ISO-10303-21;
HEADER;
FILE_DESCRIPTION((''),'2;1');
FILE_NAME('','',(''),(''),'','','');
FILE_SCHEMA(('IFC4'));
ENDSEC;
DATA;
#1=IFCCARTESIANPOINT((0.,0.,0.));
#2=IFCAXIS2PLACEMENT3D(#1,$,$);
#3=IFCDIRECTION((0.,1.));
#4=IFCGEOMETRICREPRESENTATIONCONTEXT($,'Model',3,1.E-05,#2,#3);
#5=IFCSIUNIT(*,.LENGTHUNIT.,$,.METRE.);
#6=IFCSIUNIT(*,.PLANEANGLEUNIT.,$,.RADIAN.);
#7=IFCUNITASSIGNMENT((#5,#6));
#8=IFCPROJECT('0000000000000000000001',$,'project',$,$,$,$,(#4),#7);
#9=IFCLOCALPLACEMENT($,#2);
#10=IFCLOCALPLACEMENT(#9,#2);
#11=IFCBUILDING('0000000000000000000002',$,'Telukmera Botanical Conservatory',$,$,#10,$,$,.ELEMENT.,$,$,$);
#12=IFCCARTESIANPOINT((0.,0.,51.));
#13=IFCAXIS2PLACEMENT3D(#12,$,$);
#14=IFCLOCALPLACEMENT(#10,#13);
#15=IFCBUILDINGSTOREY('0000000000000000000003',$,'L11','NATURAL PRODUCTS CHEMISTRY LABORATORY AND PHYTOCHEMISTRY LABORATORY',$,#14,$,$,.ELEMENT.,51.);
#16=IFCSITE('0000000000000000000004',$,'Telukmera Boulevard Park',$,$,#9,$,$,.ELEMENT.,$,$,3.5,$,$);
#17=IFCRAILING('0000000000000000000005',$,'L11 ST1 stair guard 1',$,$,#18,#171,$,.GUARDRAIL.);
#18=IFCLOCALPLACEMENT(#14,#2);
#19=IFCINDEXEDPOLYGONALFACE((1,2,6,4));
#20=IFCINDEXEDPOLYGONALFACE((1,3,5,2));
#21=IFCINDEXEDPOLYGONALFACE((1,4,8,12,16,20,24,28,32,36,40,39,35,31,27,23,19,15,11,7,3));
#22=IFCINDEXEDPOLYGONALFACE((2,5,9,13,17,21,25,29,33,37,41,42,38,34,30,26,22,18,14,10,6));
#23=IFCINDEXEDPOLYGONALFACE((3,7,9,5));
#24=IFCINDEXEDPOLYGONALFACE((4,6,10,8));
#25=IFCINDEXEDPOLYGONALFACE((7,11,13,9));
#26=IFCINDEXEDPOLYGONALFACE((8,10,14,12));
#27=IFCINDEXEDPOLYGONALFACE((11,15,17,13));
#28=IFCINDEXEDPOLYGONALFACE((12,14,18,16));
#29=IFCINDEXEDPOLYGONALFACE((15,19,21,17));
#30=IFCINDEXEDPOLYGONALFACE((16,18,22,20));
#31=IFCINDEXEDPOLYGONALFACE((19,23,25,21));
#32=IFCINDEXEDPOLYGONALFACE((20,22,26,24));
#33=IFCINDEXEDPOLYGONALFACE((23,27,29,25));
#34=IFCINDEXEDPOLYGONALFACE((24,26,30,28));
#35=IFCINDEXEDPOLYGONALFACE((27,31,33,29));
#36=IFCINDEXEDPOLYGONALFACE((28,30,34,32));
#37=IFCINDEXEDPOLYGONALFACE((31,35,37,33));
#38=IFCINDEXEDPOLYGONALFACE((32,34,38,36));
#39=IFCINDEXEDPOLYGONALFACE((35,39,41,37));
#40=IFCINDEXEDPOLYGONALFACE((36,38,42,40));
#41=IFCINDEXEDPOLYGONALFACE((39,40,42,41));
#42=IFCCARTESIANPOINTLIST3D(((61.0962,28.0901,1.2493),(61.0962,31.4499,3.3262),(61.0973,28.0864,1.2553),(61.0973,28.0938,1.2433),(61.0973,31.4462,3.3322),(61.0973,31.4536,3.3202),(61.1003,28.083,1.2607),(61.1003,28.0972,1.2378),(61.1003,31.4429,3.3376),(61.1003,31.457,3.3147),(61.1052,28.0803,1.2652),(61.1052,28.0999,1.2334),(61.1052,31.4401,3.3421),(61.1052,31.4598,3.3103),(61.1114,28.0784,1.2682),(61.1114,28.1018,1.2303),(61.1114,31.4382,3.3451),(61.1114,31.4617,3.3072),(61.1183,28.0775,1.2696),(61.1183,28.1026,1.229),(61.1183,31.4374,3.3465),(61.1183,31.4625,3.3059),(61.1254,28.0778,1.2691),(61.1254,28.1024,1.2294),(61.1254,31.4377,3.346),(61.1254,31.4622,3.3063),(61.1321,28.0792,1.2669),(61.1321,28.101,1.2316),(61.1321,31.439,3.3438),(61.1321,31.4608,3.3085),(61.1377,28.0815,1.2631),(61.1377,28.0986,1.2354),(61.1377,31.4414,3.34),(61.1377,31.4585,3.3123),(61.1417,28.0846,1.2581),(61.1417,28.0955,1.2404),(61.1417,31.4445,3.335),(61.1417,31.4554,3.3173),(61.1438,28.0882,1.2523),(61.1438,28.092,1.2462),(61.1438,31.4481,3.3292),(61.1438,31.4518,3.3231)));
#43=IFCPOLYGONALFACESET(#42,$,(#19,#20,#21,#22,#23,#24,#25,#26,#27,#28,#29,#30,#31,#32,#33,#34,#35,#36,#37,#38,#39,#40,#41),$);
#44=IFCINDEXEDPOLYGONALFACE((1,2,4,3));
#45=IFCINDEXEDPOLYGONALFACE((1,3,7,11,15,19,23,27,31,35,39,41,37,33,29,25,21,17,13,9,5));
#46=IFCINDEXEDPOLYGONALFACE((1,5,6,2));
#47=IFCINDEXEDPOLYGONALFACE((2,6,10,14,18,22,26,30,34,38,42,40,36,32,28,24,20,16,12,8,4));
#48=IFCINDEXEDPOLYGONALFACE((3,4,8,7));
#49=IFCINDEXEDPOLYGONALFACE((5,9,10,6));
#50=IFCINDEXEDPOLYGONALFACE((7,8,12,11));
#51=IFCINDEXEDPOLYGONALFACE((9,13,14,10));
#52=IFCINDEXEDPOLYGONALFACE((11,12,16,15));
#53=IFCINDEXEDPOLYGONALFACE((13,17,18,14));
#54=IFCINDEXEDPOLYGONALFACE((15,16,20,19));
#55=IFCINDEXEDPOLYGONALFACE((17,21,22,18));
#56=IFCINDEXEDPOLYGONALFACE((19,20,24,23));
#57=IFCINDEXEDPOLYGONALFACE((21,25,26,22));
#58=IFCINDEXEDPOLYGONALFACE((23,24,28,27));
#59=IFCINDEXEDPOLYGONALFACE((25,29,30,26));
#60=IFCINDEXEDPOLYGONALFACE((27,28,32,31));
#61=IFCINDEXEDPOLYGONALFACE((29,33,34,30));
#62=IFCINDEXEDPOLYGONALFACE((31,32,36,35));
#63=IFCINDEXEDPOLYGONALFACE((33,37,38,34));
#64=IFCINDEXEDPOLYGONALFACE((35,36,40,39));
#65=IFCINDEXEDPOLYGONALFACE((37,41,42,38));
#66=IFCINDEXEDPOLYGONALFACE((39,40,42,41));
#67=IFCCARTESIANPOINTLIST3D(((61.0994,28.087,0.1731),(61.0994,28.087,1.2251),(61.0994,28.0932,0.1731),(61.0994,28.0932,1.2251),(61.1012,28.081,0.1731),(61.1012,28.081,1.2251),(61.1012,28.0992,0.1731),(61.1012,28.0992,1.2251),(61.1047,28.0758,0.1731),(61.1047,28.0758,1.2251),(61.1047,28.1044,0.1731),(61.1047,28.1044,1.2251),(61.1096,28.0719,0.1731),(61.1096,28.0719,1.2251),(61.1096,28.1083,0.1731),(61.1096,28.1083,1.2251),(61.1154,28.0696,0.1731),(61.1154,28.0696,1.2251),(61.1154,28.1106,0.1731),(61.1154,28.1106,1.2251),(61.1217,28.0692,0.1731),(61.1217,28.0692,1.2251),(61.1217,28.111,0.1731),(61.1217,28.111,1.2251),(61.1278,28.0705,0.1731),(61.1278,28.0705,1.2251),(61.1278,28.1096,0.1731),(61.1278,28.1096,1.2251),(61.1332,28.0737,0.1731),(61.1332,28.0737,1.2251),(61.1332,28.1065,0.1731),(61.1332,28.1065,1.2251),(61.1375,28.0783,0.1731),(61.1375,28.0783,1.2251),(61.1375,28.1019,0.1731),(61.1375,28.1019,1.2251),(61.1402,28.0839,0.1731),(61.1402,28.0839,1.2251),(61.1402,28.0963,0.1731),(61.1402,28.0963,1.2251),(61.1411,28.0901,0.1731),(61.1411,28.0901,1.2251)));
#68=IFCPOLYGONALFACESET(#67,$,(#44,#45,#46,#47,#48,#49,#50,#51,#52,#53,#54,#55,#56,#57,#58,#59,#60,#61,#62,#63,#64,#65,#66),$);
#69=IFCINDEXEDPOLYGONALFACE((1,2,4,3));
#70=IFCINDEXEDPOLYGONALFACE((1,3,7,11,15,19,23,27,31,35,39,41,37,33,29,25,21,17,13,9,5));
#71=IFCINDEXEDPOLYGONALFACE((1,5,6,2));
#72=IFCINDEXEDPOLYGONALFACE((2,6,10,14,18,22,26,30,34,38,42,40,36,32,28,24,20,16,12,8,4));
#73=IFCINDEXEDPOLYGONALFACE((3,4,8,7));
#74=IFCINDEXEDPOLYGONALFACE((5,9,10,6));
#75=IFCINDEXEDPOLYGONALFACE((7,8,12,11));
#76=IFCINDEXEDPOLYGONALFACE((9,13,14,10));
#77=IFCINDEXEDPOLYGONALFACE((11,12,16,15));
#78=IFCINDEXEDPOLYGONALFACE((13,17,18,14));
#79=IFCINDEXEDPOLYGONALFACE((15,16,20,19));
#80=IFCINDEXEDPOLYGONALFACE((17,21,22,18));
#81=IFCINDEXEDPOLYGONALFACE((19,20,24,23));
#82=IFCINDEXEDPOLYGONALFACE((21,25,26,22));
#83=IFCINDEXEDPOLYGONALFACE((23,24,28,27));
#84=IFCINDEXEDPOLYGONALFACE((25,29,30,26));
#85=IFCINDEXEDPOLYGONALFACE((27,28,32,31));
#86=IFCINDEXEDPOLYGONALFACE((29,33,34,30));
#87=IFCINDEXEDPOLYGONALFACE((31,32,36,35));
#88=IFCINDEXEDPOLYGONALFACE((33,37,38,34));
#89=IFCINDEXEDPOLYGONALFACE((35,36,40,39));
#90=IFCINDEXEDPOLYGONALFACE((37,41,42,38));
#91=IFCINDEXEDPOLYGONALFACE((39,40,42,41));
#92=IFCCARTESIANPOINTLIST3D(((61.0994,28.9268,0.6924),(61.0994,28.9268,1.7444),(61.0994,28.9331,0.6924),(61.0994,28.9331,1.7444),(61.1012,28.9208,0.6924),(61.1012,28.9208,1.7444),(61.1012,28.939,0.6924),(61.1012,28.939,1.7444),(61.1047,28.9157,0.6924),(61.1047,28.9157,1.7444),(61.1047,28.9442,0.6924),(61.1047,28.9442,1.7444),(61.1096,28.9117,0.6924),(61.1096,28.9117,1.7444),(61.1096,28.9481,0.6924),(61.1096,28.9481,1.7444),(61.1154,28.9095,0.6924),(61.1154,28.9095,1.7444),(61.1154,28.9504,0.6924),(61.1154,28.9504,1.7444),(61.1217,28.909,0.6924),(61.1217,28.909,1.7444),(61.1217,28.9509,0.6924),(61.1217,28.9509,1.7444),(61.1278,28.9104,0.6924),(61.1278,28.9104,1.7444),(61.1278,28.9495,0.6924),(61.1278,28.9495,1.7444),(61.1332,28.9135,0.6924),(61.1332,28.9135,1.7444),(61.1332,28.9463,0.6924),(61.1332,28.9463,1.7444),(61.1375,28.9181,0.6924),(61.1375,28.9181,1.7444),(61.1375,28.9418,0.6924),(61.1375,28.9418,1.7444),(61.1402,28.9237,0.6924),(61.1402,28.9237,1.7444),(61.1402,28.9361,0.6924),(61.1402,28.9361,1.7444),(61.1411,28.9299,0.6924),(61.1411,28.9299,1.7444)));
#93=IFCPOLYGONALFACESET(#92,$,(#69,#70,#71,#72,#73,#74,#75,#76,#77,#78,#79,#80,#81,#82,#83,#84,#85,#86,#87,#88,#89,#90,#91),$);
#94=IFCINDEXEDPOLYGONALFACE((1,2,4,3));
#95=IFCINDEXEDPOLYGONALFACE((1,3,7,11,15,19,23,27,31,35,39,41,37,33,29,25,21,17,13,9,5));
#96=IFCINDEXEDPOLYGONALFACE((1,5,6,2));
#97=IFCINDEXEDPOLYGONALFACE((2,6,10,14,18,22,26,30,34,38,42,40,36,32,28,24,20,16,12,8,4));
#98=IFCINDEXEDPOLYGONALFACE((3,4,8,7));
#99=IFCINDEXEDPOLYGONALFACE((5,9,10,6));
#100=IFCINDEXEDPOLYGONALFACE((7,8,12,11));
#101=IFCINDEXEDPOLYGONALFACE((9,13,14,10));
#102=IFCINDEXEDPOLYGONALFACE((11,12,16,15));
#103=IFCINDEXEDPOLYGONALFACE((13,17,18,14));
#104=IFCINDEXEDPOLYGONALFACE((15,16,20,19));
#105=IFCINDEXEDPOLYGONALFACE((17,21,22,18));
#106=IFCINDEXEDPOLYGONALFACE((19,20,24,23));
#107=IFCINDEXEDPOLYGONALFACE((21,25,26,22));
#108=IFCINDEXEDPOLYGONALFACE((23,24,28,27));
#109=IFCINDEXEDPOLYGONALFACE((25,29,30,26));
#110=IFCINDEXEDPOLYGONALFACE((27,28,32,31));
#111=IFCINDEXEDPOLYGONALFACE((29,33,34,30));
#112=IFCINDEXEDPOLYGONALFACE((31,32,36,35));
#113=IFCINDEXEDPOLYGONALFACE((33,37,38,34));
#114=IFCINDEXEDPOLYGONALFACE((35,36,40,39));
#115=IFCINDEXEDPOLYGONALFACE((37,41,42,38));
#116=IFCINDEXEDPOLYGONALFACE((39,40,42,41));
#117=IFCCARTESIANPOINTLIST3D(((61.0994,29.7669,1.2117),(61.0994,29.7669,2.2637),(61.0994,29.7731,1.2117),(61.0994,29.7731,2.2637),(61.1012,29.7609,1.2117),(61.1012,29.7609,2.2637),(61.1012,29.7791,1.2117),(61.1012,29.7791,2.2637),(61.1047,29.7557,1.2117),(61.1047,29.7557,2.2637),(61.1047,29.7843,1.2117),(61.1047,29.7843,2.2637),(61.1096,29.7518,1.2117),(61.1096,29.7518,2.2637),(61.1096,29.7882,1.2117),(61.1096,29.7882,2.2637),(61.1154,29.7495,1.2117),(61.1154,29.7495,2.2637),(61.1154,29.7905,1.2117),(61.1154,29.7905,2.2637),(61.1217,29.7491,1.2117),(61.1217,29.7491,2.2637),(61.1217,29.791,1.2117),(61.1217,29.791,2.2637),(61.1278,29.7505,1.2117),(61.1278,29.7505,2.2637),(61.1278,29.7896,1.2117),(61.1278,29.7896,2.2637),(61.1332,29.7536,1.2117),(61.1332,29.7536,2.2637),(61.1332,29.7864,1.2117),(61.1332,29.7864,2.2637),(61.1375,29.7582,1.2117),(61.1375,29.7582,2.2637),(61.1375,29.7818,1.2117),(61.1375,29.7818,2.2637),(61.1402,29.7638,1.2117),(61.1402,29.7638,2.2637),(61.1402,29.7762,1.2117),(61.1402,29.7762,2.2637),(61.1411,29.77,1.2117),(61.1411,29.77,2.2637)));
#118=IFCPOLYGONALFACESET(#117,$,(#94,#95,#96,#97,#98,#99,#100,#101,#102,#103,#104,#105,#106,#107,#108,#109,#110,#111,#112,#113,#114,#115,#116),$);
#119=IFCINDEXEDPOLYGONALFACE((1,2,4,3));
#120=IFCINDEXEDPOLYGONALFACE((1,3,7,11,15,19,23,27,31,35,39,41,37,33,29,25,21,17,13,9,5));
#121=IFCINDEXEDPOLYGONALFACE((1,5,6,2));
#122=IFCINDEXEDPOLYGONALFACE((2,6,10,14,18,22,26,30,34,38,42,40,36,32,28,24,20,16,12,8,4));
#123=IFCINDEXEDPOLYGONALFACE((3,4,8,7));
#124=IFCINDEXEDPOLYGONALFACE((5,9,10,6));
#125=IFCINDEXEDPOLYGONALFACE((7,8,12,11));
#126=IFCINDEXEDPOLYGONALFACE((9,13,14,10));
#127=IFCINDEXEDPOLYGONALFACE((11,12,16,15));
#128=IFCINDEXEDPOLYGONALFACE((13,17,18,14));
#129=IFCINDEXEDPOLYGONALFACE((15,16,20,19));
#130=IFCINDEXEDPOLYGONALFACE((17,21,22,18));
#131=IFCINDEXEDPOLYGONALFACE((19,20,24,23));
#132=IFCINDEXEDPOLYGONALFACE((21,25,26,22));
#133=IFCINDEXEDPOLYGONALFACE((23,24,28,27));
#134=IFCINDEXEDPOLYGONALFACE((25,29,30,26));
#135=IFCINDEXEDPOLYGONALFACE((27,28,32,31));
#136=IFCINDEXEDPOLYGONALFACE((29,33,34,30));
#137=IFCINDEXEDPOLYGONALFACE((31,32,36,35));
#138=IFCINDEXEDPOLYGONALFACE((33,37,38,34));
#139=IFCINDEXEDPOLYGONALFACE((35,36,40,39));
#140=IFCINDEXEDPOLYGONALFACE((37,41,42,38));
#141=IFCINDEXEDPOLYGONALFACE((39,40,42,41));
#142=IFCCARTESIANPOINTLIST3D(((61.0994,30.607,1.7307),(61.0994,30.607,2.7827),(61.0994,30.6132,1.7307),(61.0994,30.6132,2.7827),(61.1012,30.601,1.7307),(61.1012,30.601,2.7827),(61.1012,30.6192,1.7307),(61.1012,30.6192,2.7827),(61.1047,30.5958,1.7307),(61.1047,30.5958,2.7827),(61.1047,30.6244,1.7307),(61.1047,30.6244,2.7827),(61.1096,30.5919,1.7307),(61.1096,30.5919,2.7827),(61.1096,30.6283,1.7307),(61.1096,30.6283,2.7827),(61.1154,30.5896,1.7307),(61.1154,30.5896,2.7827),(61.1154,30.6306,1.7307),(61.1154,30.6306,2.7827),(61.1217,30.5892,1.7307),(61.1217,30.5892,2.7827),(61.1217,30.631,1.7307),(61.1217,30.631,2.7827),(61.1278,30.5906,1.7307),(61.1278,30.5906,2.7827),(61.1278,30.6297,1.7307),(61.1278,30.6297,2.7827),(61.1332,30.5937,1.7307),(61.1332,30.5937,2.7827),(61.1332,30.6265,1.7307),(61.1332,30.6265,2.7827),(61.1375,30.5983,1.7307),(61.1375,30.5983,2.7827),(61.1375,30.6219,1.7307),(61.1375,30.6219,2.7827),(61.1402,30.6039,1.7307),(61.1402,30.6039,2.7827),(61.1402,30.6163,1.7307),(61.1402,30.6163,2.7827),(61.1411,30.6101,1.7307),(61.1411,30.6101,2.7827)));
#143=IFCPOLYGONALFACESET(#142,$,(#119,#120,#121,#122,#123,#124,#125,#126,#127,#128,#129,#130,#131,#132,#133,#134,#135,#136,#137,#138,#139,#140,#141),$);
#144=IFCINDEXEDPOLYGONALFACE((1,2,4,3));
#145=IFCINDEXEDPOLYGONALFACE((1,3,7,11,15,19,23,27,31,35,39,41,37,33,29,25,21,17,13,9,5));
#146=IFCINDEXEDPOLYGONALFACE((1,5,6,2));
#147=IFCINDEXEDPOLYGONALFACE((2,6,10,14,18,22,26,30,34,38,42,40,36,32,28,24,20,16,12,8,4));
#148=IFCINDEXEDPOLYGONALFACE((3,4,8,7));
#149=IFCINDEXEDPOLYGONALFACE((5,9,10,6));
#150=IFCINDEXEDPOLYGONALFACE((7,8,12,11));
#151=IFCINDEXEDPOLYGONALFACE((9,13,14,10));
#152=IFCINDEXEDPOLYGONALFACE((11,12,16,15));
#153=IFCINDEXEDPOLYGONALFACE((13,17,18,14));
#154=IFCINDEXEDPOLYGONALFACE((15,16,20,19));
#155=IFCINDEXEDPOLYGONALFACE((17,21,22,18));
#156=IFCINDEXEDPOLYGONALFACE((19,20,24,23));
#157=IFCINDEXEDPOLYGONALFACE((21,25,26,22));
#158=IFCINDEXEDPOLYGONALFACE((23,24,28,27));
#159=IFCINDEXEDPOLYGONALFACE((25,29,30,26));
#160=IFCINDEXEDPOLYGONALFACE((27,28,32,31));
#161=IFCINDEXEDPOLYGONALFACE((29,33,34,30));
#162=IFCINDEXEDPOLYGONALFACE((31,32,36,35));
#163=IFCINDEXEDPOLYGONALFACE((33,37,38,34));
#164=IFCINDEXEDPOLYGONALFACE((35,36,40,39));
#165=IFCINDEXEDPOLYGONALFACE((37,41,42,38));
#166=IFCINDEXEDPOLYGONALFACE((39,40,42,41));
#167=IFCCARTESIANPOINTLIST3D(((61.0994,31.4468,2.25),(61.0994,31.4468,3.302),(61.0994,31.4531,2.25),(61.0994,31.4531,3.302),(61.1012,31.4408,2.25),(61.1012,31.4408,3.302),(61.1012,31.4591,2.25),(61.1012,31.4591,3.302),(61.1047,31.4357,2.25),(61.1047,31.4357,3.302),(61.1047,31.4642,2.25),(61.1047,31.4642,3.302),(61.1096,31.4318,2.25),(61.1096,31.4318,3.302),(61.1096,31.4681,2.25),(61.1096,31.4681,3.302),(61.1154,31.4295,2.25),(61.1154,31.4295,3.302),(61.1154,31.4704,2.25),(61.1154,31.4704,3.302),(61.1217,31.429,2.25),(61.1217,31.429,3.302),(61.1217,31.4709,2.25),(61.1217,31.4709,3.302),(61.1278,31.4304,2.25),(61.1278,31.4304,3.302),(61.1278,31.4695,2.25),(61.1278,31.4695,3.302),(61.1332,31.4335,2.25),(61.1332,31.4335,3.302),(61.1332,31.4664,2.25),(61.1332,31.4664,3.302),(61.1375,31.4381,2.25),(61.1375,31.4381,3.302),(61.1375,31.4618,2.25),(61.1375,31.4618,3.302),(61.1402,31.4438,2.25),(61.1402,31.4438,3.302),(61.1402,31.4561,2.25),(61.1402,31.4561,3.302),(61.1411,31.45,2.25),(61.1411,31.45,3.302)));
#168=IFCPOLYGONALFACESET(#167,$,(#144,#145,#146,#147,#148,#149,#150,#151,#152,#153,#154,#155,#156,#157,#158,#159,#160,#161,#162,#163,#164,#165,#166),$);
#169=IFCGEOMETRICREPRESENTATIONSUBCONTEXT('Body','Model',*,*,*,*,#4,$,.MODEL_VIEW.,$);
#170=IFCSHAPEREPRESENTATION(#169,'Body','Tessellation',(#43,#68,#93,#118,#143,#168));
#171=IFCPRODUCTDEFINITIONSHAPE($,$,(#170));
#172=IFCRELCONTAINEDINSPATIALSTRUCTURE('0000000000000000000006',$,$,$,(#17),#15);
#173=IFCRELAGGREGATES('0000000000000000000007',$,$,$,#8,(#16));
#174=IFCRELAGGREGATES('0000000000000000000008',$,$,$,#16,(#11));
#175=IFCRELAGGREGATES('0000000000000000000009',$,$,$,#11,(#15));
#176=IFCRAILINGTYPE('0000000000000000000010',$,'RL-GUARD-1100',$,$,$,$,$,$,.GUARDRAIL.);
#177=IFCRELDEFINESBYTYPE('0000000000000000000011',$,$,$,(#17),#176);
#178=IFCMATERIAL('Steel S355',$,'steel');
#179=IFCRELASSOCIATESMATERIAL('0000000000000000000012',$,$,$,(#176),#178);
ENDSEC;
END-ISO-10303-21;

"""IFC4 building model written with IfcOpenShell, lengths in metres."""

from ifc_helpers import new_model, si_unit, direction, frame, origin, origin_2d, place, context, subcontext, project, spatial, circle, extrude, material, type_object, element, save


model = new_model("IFC4")

# Units and contexts
model_context = context("Model", 3, precision=1e-05, world=origin(), true_north=direction((0.0, 1.0)))
body_context = subcontext(model_context, "Body", "Model", "MODEL_VIEW")
ifc_project = project(units=[si_unit("LENGTHUNIT", "METRE"), si_unit("PLANEANGLEUNIT", "RADIAN")], contexts=[model_context])

# Site, building, storey
site_placement = place(None, origin())
site = spatial("IfcSite", under=ifc_project, at=site_placement, Name="Telukmera Boulevard Park", CompositionType="ELEMENT", RefElevation=3.5)
building_placement = place(site_placement, origin())
building = spatial("IfcBuilding", under=site, at=building_placement, Name="Telukmera Botanical Conservatory", CompositionType="ELEMENT")
storey_placement = place(building_placement, frame((0.0, 0.0, 51.0)))
storey = spatial("IfcBuildingStorey", under=building, at=storey_placement, Name="L11", Description="NATURAL PRODUCTS CHEMISTRY LABORATORY AND PHYTOCHEMISTRY LABORATORY", CompositionType="ELEMENT", Elevation=51.0)

# Railing
ifc_material_1 = material(Name="Steel S355", Category="steel")
railing_type_1 = type_object("IfcRailingType", Name="RL-GUARD-1100", PredefinedType="GUARDRAIL", material=ifc_material_1)
railing_1_placement = place(storey_placement, frame((61.1201, 28.0901, 0.1731)))
element("IfcRailing", 1, at=railing_1_placement, inside=storey, type_object=railing_type_1, Name="L11 ST1 stair guard 1", PredefinedType="GUARDRAIL", context=body_context, shape_type="SweptSolid", body=[
    extrude(circle(Radius=0.0239, at=origin_2d()), frame((0.0, 0.0, 1.0762), z_axis=(0.0, 0.850606, 0.525803), x_axis=(-1.0, 0.0, 0.0)), (0.0, 0.0, 1.0), 3.95),
    extrude(circle(Radius=0.021, at=origin_2d()), origin(), (0.0, 0.0, 1.0), 1.052),
    extrude(circle(Radius=0.021, at=origin_2d()), frame((0.0, 0.8398, 0.5193)), (0.0, 0.0, 1.0), 1.052),
    extrude(circle(Radius=0.021, at=origin_2d()), frame((0.0, 1.6799, 1.0386)), (0.0, 0.0, 1.0), 1.052),
    extrude(circle(Radius=0.021, at=origin_2d()), frame((0.0, 2.52, 1.5576)), (0.0, 0.0, 1.0), 1.052),
    extrude(circle(Radius=0.021, at=origin_2d()), frame((0.0, 3.3599, 2.0769)), (0.0, 0.0, 1.0), 1.052),
])

save(model, "model.ifc")
